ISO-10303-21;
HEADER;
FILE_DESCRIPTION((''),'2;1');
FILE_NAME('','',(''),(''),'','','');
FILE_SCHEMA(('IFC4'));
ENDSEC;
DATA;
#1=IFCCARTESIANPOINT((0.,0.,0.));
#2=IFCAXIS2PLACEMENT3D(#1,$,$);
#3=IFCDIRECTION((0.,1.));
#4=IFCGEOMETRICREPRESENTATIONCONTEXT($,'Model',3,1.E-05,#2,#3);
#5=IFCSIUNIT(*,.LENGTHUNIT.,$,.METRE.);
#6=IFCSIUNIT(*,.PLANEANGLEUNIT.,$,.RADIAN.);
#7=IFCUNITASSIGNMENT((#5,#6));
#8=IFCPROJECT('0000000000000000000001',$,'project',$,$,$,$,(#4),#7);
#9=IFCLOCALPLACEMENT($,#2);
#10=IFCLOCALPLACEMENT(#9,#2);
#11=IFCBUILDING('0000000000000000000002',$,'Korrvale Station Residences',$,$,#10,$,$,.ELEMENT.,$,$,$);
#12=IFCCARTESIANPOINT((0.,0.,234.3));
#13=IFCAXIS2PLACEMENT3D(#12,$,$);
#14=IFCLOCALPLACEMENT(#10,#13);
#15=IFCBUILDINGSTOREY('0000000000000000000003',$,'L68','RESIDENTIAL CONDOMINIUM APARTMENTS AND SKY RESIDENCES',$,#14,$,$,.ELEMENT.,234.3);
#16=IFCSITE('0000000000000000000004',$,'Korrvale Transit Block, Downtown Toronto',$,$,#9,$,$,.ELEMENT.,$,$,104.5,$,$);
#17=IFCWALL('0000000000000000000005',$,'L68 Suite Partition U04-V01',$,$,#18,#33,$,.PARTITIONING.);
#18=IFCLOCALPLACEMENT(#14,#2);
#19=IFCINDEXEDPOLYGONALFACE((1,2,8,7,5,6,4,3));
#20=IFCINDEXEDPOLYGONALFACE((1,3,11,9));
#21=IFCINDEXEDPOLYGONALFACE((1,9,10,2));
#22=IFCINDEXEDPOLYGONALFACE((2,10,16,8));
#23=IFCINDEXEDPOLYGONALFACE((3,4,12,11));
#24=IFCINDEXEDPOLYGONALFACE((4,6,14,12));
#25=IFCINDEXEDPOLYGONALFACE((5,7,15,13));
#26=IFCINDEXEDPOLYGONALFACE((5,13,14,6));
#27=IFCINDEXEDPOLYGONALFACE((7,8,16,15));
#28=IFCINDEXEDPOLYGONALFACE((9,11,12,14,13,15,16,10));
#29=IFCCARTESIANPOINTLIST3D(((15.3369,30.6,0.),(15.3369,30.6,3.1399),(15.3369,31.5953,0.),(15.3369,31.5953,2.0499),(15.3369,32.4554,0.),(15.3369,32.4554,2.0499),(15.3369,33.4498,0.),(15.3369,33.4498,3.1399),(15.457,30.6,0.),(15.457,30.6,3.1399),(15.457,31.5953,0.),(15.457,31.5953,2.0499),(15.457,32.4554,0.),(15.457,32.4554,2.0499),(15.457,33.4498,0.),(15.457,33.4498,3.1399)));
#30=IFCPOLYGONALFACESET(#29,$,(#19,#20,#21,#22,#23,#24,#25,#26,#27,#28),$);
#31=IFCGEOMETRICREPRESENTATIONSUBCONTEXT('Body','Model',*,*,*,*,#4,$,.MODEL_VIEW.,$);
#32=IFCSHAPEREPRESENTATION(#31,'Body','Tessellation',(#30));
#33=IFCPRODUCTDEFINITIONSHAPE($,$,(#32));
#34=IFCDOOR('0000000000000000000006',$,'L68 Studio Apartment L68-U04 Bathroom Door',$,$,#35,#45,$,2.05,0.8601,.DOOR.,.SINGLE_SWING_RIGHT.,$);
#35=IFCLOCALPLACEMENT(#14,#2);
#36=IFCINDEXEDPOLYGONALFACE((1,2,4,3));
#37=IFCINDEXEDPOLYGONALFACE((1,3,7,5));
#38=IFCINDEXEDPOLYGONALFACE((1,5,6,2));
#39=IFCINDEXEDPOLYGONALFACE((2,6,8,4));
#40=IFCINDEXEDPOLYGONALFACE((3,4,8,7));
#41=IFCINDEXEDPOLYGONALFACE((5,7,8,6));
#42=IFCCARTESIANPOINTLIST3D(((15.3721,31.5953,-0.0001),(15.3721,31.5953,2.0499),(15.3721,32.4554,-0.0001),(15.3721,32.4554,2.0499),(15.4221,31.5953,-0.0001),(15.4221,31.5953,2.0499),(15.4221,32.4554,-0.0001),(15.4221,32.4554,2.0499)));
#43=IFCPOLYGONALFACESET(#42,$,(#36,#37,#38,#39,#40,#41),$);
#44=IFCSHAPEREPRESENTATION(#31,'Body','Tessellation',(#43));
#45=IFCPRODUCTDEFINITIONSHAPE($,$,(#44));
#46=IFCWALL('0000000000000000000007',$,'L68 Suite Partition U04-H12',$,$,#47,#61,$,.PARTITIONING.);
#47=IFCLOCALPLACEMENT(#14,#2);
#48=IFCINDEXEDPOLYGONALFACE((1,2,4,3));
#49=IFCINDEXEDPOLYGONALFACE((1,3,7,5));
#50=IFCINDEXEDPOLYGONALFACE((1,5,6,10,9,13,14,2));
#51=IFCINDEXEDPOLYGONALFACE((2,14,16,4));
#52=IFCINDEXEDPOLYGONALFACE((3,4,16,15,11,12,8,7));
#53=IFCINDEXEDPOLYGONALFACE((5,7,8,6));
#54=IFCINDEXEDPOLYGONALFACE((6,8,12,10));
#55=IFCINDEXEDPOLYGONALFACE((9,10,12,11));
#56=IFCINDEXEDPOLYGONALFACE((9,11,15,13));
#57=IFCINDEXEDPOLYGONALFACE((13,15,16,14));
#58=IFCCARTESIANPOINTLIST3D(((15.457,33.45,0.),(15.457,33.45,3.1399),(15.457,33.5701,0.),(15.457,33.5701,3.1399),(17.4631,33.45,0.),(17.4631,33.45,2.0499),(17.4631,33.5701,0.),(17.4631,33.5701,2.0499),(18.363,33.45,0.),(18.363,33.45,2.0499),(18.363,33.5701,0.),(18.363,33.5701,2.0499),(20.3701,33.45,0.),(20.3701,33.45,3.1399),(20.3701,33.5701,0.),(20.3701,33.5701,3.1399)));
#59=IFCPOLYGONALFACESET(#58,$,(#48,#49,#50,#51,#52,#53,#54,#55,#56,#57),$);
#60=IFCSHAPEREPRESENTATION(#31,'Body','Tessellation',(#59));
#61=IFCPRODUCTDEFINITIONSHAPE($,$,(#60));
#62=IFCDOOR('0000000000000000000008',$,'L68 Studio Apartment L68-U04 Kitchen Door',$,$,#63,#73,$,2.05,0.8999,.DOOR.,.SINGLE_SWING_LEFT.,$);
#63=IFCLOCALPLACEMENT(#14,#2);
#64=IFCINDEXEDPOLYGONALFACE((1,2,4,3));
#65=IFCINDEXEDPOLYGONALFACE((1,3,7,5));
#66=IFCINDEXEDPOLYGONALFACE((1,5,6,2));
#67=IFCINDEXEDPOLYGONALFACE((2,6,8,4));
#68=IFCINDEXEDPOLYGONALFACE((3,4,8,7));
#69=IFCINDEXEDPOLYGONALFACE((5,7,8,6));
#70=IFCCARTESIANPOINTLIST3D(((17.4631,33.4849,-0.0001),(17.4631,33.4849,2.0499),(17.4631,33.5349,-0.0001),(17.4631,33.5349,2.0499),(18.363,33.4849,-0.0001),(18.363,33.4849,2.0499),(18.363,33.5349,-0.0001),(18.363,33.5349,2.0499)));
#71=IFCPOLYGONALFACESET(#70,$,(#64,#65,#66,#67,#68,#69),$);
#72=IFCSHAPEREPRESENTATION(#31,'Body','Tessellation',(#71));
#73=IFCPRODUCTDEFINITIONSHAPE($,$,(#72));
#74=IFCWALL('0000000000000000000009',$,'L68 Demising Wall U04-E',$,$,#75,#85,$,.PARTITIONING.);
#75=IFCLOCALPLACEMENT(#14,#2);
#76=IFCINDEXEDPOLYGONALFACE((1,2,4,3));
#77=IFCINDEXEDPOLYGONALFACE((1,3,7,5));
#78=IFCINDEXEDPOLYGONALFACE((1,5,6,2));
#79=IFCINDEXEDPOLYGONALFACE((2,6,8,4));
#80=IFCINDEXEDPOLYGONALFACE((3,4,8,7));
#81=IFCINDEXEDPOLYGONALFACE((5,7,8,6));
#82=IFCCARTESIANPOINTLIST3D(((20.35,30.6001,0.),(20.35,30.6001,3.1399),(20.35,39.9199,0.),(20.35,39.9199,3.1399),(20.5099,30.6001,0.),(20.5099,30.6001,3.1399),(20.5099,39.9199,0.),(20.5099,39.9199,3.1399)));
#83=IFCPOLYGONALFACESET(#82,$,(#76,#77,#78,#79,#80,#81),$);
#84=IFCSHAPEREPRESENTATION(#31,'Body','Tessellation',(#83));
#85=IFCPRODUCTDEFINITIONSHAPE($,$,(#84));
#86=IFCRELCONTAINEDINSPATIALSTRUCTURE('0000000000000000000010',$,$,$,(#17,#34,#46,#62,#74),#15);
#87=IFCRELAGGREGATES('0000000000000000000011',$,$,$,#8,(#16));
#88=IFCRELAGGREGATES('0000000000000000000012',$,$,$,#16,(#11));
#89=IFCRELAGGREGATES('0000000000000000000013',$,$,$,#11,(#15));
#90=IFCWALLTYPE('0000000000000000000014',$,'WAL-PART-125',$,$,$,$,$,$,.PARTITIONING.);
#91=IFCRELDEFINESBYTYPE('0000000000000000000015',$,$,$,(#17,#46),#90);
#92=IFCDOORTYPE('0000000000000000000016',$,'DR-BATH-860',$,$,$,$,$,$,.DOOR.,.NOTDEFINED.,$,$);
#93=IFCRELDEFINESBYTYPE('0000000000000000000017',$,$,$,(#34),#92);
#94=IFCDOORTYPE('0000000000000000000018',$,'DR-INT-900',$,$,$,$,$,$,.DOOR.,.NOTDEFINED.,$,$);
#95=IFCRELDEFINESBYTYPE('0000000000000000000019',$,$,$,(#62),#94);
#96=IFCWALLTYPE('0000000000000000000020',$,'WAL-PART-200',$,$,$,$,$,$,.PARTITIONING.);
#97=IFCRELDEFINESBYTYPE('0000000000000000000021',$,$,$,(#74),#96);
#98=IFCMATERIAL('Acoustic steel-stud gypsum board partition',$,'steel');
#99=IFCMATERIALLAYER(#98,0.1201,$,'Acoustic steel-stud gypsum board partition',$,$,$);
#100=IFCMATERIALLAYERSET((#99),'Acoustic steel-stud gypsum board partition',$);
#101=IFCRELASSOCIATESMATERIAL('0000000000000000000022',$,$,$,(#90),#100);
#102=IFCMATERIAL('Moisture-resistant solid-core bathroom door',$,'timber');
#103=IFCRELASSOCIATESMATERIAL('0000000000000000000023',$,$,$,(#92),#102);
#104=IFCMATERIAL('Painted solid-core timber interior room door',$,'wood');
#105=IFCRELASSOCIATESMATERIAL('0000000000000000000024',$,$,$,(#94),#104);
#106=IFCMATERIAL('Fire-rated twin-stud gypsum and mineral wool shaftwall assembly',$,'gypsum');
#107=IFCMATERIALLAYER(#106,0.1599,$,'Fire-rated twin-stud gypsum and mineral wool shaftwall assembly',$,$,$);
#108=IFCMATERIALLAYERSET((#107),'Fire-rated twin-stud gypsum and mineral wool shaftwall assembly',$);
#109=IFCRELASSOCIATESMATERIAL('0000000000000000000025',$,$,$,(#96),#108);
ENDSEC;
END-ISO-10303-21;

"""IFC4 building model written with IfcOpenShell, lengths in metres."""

from ifc_helpers import new_model, si_unit, direction, frame, frame_2d, origin, place, context, subcontext, project, spatial, rectangle, extrude, material, layer, layer_set, type_object, element, fill, save


model = new_model("IFC4")

# Units and contexts
model_context = context("Model", 3, precision=1e-05, world=origin(), true_north=direction((0.0, 1.0)))
body_context = subcontext(model_context, "Body", "Model", "MODEL_VIEW")
ifc_project = project(units=[si_unit("LENGTHUNIT", "METRE"), si_unit("PLANEANGLEUNIT", "RADIAN")], contexts=[model_context])

# Site, building, storey
site_placement = place(None, origin())
site = spatial("IfcSite", under=ifc_project, at=site_placement, Name="Korrvale Transit Block, Downtown Toronto", CompositionType="ELEMENT", RefElevation=104.5)
building_placement = place(site_placement, origin())
building = spatial("IfcBuilding", under=site, at=building_placement, Name="Korrvale Station Residences", CompositionType="ELEMENT")
storey_placement = place(building_placement, frame((0.0, 0.0, 234.3)))
storey = spatial("IfcBuildingStorey", under=building, at=storey_placement, Name="L68", Description="RESIDENTIAL CONDOMINIUM APARTMENTS AND SKY RESIDENCES", CompositionType="ELEMENT", Elevation=234.3)

# Walls, openings, doors
ifc_material_1 = material(Name="Acoustic steel-stud gypsum board partition", Category="steel")
ifc_layer_1 = layer(ifc_material_1, 0.1201, Name="Acoustic steel-stud gypsum board partition")
ifc_layer_set_1 = layer_set([ifc_layer_1], Name="Acoustic steel-stud gypsum board partition")
wall_type_1 = type_object("IfcWallType", Name="WAL-PART-125", PredefinedType="PARTITIONING", material=ifc_layer_set_1)
wall_1_placement = place(storey_placement, frame((15.397, 30.6001, 0.0), z_axis=(0.0, 0.0, 1.0), x_axis=(0.0, 1.0, 0.0)))
wall_1 = element("IfcWall", 1, at=wall_1_placement, inside=storey, type_object=wall_type_1, Name="L68 Suite Partition U04-V01", PredefinedType="PARTITIONING", context=body_context, shape_type="SweptSolid", body=[
    extrude(rectangle(XDim=2.8499, YDim=0.1201, at=frame_2d((1.4248, 0.0))), origin(), (0.0, 0.0, 1.0), 3.1399),
])
opening_1_placement = place(wall_1_placement, frame((0.9951, 0.0, 0.0)))
opening_1 = element("IfcOpeningElement", 2, at=opening_1_placement, cuts=wall_1, PredefinedType="OPENING", context=body_context, shape_type="SweptSolid", body=[
    extrude(rectangle(XDim=0.8601, YDim=2.05, at=frame_2d((0.4302, 1.0249))), frame((0.0, 0.0701, 0.0), z_axis=(0.0, -1.0, 0.0), x_axis=(1.0, 0.0, 0.0)), (0.0, 0.0, 1.0), 0.1401),
])
ifc_material_2 = material(Name="Moisture-resistant solid-core bathroom door", Category="timber")
door_type_1 = type_object("IfcDoorType", Name="DR-BATH-860", OperationType="NOTDEFINED", PredefinedType="DOOR", material=ifc_material_2)
door_1_placement = place(opening_1_placement, origin())
door_1 = element("IfcDoor", 3, at=door_1_placement, inside=storey, type_object=door_type_1, Name="L68 Studio Apartment L68-U04 Bathroom Door", OperationType="SINGLE_SWING_RIGHT", OverallHeight=2.05, OverallWidth=0.8601, PredefinedType="DOOR", context=body_context, shape_type="SweptSolid", body=[
    extrude(rectangle(XDim=0.8601, YDim=2.05, at=frame_2d((0.4302, 1.0249))), frame((0.0, 0.0249, 0.0), z_axis=(0.0, -1.0, 0.0), x_axis=(1.0, 0.0, 0.0)), (0.0, 0.0, 1.0), 0.05),
])
fill(opening_1, door_1)
wall_2_placement = place(storey_placement, frame((15.457, 33.51, 0.0), z_axis=(0.0, 0.0, 1.0), x_axis=(1.0, 0.0, 0.0)))
wall_2 = element("IfcWall", 4, at=wall_2_placement, inside=storey, type_object=wall_type_1, Name="L68 Suite Partition U04-H12", PredefinedType="PARTITIONING", context=body_context, shape_type="SweptSolid", body=[
    extrude(rectangle(XDim=4.9131, YDim=0.1201, at=frame_2d((2.4565, 0.0))), origin(), (0.0, 0.0, 1.0), 3.1399),
])
opening_2_placement = place(wall_2_placement, frame((2.0061, 0.0, 0.0)))
opening_2 = element("IfcOpeningElement", 5, at=opening_2_placement, cuts=wall_2, PredefinedType="OPENING", context=body_context, shape_type="SweptSolid", body=[
    extrude(rectangle(XDim=0.8999, YDim=2.05, at=frame_2d((0.45, 1.0249))), frame((0.0, 0.0701, 0.0), z_axis=(0.0, -1.0, 0.0), x_axis=(1.0, 0.0, 0.0)), (0.0, 0.0, 1.0), 0.1401),
])
ifc_material_3 = material(Name="Painted solid-core timber interior room door", Category="wood")
door_type_2 = type_object("IfcDoorType", Name="DR-INT-900", OperationType="NOTDEFINED", PredefinedType="DOOR", material=ifc_material_3)
door_2_placement = place(opening_2_placement, origin())
door_2 = element("IfcDoor", 6, at=door_2_placement, inside=storey, type_object=door_type_2, Name="L68 Studio Apartment L68-U04 Kitchen Door", OperationType="SINGLE_SWING_LEFT", OverallHeight=2.05, OverallWidth=0.8999, PredefinedType="DOOR", context=body_context, shape_type="SweptSolid", body=[
    extrude(rectangle(XDim=0.8999, YDim=2.05, at=frame_2d((0.45, 1.0249))), frame((0.0, 0.0249, 0.0), z_axis=(0.0, -1.0, 0.0), x_axis=(1.0, 0.0, 0.0)), (0.0, 0.0, 1.0), 0.05),
])
fill(opening_2, door_2)

# Wall
ifc_material_4 = material(Name="Fire-rated twin-stud gypsum and mineral wool shaftwall assembly", Category="gypsum")
ifc_layer_2 = layer(ifc_material_4, 0.1599, Name="Fire-rated twin-stud gypsum and mineral wool shaftwall assembly")
ifc_layer_set_2 = layer_set([ifc_layer_2], Name="Fire-rated twin-stud gypsum and mineral wool shaftwall assembly")
wall_type_2 = type_object("IfcWallType", Name="WAL-PART-200", PredefinedType="PARTITIONING", material=ifc_layer_set_2)
wall_3_placement = place(storey_placement, frame((20.4299, 30.6001, 0.0), z_axis=(0.0, 0.0, 1.0), x_axis=(0.0, 1.0, 0.0)))
element("IfcWall", 7, at=wall_3_placement, inside=storey, type_object=wall_type_2, Name="L68 Demising Wall U04-E", PredefinedType="PARTITIONING", context=body_context, shape_type="SweptSolid", body=[
    extrude(rectangle(XDim=9.3198, YDim=0.1599, at=frame_2d((4.6599, 0.0))), origin(), (0.0, 0.0, 1.0), 3.1399),
])

save(model, "model.ifc")
